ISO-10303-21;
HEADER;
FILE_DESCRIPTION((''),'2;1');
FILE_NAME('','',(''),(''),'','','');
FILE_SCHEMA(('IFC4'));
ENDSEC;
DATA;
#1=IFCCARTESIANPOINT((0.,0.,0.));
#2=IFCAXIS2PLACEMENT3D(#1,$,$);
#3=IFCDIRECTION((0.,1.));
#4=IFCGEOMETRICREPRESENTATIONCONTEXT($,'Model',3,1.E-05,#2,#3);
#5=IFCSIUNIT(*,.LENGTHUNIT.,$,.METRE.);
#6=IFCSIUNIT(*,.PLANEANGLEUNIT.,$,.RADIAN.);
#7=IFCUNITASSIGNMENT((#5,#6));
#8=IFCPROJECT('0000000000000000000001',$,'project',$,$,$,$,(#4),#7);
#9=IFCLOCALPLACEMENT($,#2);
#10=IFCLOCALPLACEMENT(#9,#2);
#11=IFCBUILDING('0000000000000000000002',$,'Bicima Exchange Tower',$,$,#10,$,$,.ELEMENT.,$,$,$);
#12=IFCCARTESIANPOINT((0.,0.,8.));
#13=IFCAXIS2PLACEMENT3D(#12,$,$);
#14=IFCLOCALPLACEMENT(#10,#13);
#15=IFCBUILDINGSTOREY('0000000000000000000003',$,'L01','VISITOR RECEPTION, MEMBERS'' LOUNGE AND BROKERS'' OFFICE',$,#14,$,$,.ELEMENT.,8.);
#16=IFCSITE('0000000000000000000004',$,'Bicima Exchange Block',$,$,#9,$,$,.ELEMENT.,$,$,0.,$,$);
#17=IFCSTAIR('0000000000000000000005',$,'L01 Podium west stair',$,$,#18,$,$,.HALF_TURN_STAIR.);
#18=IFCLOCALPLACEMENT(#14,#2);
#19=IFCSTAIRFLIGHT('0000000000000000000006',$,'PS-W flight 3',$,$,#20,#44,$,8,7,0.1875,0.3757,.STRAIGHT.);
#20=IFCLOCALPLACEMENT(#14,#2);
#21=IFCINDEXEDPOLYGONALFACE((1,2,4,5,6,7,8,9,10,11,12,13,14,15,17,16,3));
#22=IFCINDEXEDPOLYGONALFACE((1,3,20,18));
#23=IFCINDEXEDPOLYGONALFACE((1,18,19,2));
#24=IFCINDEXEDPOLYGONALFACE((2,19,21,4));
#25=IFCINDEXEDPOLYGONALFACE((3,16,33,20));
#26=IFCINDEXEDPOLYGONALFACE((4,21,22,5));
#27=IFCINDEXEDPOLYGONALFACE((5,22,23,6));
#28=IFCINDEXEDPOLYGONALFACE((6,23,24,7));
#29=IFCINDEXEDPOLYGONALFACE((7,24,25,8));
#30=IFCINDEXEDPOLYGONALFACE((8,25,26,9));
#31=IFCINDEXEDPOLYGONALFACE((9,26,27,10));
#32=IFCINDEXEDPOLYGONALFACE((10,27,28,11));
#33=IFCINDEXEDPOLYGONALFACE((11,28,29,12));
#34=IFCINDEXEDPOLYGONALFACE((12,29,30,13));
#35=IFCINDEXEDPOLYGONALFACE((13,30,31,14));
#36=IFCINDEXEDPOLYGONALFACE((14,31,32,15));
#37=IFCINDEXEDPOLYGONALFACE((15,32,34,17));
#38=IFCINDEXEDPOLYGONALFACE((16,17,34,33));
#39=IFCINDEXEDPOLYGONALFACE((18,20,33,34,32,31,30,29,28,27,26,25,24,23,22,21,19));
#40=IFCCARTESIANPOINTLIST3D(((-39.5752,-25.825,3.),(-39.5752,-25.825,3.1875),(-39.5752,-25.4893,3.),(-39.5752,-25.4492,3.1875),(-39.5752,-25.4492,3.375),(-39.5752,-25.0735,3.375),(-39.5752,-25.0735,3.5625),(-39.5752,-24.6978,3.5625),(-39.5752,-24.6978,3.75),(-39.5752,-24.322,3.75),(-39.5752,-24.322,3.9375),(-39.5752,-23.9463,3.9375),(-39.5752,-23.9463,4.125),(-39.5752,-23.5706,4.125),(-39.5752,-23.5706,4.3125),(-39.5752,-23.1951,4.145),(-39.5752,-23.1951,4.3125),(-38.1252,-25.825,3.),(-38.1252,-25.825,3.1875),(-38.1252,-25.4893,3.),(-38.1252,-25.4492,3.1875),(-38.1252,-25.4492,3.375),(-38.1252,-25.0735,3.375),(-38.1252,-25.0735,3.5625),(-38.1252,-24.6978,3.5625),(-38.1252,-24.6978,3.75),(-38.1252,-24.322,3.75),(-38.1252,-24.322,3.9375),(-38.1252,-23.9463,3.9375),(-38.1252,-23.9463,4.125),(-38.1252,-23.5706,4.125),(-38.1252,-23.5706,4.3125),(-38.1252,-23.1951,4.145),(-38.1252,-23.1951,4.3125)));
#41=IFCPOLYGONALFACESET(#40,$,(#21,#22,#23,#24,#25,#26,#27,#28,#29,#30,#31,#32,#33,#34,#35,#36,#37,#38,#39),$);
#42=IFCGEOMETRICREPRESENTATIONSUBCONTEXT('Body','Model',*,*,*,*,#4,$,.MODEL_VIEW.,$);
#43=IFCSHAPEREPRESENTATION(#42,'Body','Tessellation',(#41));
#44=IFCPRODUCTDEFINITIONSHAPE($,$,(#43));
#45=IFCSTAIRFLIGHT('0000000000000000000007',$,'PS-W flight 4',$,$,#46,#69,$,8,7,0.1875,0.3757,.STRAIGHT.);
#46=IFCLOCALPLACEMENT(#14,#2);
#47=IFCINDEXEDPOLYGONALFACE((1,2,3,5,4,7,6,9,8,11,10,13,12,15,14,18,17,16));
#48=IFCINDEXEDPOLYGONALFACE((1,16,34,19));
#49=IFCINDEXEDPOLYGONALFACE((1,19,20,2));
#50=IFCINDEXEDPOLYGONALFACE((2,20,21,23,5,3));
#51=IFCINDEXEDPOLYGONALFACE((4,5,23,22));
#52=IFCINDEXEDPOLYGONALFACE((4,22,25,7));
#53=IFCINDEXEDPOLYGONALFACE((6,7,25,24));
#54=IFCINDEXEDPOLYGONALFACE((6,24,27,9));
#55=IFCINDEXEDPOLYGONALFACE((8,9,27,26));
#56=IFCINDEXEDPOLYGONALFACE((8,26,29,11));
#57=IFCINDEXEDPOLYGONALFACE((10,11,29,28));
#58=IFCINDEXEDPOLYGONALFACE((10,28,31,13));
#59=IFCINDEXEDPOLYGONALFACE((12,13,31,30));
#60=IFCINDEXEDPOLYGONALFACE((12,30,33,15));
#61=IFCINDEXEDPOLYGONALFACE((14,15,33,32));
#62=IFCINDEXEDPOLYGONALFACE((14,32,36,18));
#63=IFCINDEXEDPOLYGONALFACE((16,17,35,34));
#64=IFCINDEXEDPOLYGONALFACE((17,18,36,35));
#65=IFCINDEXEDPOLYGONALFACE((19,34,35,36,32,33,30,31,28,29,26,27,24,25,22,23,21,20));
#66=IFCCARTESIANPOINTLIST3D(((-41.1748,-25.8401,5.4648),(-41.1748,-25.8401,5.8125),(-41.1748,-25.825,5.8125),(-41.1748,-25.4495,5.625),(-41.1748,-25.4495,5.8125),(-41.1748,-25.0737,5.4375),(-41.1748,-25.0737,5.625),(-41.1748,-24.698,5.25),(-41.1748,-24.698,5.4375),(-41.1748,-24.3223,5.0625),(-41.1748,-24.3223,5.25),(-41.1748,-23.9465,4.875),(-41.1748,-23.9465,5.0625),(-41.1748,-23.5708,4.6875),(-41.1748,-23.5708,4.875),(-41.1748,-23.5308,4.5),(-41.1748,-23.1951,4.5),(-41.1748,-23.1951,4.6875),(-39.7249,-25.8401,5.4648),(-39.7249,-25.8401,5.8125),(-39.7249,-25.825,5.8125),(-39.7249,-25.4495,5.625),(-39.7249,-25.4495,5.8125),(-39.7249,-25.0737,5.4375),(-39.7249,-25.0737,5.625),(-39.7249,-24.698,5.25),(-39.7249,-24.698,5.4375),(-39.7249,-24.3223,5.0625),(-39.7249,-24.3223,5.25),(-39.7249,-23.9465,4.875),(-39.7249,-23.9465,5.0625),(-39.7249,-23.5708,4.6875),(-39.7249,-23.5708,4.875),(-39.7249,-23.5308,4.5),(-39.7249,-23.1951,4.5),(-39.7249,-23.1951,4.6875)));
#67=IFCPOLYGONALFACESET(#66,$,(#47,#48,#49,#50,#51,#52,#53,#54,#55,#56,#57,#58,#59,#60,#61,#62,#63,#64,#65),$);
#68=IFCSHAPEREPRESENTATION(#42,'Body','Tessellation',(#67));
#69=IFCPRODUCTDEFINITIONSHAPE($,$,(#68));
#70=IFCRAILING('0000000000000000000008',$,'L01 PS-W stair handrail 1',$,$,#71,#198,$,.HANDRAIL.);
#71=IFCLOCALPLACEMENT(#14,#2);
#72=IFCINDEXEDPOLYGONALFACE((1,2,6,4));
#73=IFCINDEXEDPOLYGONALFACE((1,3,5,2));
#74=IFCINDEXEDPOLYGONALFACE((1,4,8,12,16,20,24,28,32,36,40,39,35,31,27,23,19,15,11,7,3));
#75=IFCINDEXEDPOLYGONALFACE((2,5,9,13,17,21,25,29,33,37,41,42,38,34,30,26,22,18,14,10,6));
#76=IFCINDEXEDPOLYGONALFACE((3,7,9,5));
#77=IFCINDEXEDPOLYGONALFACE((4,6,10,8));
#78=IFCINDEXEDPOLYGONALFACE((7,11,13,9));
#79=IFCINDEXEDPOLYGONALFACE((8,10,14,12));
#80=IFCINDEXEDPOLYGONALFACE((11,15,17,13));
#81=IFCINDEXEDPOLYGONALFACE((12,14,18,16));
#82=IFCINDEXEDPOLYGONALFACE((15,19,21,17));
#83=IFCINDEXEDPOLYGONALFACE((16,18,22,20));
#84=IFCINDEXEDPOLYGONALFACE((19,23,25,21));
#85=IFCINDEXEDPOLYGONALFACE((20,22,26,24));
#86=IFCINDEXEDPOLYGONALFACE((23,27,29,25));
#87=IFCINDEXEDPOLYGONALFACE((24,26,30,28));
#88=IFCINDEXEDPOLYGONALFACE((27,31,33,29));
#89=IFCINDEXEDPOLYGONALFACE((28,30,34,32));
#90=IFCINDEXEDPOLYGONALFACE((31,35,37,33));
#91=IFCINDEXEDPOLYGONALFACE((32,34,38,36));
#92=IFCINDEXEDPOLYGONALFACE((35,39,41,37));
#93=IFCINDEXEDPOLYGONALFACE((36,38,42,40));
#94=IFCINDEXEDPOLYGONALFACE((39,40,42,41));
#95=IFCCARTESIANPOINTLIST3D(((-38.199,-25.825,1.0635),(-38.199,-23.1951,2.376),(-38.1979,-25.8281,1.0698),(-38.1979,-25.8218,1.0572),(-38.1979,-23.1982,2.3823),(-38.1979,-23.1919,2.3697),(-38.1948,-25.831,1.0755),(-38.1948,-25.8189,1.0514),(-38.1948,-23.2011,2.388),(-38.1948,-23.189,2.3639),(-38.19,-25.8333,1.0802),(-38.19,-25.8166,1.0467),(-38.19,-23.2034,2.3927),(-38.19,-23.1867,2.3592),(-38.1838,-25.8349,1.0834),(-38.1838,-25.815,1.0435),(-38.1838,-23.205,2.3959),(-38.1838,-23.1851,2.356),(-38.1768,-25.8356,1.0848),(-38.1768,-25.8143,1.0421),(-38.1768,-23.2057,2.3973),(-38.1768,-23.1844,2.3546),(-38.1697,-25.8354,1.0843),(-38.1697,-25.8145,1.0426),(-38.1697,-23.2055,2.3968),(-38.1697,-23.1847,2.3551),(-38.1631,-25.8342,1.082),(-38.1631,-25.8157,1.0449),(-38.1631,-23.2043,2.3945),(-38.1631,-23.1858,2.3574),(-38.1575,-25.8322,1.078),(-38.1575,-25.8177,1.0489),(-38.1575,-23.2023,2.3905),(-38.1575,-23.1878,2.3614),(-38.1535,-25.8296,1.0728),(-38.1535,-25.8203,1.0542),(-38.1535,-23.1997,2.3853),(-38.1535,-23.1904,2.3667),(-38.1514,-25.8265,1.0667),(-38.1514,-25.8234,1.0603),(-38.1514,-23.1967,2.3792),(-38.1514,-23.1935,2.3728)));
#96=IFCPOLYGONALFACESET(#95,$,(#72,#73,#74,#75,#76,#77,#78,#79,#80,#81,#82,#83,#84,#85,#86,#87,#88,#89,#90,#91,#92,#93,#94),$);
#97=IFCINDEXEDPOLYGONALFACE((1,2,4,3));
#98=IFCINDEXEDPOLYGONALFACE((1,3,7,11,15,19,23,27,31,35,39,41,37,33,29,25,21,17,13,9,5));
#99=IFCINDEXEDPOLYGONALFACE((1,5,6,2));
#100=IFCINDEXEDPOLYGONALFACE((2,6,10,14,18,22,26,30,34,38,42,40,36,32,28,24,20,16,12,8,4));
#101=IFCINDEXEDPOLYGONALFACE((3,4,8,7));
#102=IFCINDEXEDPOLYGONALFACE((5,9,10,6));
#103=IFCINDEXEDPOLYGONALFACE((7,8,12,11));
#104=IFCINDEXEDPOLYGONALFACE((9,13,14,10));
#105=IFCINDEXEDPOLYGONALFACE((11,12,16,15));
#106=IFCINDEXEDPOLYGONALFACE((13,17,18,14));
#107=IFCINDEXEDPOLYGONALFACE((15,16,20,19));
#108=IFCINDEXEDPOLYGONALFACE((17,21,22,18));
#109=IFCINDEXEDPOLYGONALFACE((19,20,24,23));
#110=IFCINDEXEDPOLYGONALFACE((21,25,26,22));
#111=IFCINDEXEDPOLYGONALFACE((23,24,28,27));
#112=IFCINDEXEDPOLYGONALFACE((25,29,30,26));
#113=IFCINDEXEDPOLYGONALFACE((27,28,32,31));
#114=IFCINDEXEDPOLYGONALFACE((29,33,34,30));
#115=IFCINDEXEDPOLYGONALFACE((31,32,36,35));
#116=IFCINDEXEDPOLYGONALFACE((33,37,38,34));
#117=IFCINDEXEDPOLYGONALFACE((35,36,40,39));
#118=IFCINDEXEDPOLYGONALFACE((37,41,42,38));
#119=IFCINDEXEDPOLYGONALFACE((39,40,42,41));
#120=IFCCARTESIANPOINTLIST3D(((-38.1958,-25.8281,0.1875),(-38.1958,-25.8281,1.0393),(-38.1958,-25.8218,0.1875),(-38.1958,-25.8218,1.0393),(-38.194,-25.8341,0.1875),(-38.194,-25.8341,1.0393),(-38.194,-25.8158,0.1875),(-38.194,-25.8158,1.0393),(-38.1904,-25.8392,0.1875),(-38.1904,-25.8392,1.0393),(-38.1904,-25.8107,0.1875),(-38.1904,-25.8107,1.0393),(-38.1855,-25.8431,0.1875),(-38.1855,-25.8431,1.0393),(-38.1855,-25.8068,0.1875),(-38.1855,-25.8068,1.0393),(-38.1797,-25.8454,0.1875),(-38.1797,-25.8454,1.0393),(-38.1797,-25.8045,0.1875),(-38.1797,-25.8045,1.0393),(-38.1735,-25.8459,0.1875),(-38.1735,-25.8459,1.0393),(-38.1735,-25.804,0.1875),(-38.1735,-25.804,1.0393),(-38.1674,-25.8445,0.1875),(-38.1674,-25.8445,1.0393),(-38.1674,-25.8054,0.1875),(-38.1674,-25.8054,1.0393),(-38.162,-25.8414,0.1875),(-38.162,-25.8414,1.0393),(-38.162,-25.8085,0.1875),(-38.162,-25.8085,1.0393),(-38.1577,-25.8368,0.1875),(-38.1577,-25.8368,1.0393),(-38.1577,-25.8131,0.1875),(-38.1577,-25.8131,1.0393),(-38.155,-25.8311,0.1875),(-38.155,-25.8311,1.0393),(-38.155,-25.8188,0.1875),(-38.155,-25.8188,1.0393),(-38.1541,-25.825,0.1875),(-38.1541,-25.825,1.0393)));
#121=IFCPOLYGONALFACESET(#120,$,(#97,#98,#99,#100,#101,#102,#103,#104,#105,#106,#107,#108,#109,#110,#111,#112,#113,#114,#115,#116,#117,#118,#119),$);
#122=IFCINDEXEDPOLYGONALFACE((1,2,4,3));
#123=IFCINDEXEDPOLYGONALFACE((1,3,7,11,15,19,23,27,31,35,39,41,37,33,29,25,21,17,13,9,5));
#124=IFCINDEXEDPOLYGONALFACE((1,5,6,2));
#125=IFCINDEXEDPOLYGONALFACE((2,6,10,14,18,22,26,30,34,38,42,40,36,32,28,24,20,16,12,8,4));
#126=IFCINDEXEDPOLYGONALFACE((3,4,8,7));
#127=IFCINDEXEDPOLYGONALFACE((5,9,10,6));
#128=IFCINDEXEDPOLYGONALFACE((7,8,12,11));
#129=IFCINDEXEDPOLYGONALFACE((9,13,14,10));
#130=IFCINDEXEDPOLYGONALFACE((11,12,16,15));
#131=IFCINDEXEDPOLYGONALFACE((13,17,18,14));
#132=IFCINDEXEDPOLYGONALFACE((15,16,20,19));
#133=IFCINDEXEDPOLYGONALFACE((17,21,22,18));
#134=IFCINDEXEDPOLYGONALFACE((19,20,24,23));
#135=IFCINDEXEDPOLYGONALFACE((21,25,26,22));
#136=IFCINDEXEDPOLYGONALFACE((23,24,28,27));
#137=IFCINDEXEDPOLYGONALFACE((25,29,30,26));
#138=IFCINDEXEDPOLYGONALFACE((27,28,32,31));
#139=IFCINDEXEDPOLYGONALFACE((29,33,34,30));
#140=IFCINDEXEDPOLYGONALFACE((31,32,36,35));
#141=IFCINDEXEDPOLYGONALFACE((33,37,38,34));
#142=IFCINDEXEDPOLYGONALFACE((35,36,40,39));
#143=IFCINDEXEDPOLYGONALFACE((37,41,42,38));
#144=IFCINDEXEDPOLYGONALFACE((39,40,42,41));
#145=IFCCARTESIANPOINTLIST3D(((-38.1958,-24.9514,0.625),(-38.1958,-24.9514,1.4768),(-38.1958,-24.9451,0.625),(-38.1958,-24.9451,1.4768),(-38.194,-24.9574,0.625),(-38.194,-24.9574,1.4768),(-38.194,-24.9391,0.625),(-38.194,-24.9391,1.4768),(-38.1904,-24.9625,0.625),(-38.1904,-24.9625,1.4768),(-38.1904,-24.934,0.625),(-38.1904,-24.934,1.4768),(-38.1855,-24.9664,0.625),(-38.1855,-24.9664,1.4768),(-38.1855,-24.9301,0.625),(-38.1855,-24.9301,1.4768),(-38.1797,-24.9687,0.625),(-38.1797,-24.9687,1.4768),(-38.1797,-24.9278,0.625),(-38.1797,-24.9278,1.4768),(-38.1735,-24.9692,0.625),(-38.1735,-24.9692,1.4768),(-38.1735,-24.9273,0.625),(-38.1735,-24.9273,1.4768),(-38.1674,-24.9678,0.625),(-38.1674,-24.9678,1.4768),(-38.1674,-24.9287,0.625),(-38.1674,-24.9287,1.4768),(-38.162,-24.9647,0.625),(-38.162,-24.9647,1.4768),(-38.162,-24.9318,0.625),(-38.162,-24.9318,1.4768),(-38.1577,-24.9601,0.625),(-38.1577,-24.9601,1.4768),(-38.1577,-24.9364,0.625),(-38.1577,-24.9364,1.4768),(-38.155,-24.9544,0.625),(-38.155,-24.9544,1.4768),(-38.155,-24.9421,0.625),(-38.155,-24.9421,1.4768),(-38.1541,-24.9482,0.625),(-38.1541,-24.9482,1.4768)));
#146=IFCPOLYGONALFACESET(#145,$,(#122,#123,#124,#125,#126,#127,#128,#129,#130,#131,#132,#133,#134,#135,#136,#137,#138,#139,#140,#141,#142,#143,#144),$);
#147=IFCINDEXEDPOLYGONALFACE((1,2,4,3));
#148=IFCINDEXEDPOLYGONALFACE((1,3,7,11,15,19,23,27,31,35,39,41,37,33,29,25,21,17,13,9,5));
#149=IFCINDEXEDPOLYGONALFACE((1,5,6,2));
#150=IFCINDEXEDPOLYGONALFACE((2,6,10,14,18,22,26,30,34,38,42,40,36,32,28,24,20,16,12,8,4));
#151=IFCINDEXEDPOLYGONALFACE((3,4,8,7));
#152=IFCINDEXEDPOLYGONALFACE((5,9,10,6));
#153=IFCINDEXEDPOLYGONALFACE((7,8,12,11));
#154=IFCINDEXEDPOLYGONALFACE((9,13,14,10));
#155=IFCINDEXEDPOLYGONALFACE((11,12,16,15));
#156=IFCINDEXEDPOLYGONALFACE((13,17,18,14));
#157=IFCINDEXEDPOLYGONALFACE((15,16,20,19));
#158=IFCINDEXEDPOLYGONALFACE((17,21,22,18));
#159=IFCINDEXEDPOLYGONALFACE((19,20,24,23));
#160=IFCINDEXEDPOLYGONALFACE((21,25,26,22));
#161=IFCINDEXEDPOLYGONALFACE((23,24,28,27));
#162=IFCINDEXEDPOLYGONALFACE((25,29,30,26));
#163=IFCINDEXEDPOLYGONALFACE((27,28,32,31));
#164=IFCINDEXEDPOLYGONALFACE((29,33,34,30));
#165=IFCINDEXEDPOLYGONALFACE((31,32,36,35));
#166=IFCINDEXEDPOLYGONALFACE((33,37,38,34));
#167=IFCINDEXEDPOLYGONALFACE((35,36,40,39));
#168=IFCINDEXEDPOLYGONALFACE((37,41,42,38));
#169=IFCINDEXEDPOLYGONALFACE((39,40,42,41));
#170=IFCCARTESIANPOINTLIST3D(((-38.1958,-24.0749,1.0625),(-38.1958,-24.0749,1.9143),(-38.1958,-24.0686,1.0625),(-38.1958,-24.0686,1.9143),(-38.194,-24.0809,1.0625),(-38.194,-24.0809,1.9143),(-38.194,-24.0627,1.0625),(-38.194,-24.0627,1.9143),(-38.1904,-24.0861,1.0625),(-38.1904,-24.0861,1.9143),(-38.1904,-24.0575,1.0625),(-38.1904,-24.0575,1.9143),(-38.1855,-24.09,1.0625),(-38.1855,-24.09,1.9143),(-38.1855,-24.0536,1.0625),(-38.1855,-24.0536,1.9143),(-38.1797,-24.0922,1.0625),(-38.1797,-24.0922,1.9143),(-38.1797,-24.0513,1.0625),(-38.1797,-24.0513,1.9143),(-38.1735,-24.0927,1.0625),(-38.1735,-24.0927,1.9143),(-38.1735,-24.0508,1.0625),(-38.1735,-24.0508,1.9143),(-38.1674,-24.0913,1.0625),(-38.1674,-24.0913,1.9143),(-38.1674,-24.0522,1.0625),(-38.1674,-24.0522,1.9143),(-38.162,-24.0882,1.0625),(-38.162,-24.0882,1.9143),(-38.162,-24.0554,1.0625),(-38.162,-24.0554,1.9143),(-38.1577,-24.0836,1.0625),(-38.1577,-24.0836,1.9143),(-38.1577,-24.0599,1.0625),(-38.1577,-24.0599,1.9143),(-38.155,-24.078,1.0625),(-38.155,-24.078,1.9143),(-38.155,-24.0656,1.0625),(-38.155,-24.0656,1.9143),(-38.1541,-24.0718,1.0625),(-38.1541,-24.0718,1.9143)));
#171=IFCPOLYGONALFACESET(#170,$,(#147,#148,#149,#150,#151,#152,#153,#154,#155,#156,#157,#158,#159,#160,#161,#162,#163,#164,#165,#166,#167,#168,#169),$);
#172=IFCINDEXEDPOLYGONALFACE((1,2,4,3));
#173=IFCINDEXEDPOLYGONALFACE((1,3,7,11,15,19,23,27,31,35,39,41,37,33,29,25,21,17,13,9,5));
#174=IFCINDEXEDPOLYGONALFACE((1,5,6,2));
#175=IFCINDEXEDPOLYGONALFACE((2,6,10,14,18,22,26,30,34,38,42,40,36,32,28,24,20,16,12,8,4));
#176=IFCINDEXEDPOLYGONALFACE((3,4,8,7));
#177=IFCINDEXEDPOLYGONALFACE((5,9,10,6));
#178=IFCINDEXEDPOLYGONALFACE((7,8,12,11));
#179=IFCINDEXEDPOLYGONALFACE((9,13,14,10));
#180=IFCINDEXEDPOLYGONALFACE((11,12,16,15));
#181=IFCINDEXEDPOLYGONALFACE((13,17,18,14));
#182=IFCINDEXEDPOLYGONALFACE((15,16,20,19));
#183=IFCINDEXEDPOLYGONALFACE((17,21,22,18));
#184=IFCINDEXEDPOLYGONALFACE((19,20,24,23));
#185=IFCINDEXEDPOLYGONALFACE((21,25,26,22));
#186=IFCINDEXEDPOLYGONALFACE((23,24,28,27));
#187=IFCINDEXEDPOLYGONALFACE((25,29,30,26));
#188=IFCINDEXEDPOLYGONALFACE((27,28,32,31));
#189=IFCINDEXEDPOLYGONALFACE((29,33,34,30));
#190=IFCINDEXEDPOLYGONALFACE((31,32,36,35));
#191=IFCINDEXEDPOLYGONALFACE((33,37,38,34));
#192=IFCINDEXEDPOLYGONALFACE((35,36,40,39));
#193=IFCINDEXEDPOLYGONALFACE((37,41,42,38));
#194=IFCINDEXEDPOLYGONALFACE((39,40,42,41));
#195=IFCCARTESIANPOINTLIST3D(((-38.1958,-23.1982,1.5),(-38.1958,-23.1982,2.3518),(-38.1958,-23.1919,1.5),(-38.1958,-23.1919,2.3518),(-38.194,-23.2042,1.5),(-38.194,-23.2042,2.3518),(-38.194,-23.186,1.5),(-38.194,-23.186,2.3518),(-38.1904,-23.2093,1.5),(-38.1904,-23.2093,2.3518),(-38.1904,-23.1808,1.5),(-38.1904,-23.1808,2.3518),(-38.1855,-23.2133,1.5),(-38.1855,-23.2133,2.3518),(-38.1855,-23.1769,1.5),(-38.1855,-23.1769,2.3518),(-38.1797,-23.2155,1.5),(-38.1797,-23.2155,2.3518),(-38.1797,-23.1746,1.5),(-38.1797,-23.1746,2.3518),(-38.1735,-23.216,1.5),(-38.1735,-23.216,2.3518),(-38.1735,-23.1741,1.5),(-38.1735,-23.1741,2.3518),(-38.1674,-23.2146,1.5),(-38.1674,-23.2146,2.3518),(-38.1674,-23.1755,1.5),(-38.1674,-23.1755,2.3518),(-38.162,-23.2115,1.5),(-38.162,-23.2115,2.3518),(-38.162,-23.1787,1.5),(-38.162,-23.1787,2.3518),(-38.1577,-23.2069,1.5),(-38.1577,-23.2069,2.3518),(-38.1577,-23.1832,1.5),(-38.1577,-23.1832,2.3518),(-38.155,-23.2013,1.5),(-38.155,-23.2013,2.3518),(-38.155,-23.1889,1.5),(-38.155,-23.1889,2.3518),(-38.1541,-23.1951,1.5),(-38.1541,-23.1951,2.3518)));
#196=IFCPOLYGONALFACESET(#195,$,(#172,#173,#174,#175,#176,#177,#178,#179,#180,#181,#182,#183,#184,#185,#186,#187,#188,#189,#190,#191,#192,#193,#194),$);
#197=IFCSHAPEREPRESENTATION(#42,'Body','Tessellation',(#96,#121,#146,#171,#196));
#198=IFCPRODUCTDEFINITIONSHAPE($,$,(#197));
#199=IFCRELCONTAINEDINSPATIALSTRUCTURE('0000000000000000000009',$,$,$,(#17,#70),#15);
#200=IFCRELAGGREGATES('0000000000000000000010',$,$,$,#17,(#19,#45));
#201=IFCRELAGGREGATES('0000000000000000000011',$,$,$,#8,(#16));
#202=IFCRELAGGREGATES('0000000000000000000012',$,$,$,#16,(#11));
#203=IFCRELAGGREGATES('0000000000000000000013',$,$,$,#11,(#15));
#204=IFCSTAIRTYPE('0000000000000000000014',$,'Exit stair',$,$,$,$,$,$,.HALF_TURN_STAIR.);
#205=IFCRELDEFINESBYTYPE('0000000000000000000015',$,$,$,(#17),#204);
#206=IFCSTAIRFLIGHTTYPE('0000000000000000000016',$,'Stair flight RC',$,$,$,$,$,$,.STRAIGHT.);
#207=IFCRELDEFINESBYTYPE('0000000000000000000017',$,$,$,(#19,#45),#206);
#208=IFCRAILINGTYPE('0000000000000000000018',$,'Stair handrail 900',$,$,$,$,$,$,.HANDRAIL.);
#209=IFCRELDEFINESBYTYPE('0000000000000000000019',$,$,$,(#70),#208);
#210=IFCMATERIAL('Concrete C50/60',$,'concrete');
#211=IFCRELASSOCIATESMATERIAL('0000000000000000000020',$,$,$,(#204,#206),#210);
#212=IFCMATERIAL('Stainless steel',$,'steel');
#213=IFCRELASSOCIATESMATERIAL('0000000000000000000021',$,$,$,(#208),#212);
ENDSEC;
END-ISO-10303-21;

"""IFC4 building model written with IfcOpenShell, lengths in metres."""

from ifc_helpers import new_model, si_unit, direction, frame, origin, origin_2d, place, context, subcontext, project, spatial, polyline, circle, outline, extrude, material, type_object, element, aggregate, save


model = new_model("IFC4")

# Units and contexts
model_context = context("Model", 3, precision=1e-05, world=origin(), true_north=direction((0.0, 1.0)))
body_context = subcontext(model_context, "Body", "Model", "MODEL_VIEW")
ifc_project = project(units=[si_unit("LENGTHUNIT", "METRE"), si_unit("PLANEANGLEUNIT", "RADIAN")], contexts=[model_context])

# Site, building, storey
site_placement = place(None, origin())
site = spatial("IfcSite", under=ifc_project, at=site_placement, Name="Bicima Exchange Block", CompositionType="ELEMENT", RefElevation=0.0)
building_placement = place(site_placement, origin())
building = spatial("IfcBuilding", under=site, at=building_placement, Name="Bicima Exchange Tower", CompositionType="ELEMENT")
storey_placement = place(building_placement, frame((0.0, 0.0, 8.0)))
storey = spatial("IfcBuildingStorey", under=building, at=storey_placement, Name="L01", Description="VISITOR RECEPTION, MEMBERS' LOUNGE AND BROKERS' OFFICE", CompositionType="ELEMENT", Elevation=8.0)

# Stair, stair flights
ifc_material_1 = material(Name="Concrete C50/60", Category="concrete")
stair_type = type_object("IfcStairType", Name="Exit stair", PredefinedType="HALF_TURN_STAIR", material=ifc_material_1)
stair_placement = place(storey_placement, origin())
stair = element("IfcStair", 1, at=stair_placement, inside=storey, type_object=stair_type, Name="L01 Podium west stair", PredefinedType="HALF_TURN_STAIR")
stair_flight_type = type_object("IfcStairFlightType", Name="Stair flight RC", PredefinedType="STRAIGHT", material=ifc_material_1)
stair_flight_1_placement = place(storey_placement, frame((-38.8501, -25.825, 3.0), z_axis=(0.0, 0.0, 1.0), x_axis=(0.0, 1.0, 0.0)))
stair_flight_1 = element("IfcStairFlight", 2, at=stair_flight_1_placement, type_object=stair_flight_type, Name="PS-W flight 3", NumberOfRisers=8, NumberOfTreads=7, PredefinedType="STRAIGHT", RiserHeight=0.1875, TreadLength=0.3757, context=body_context, shape_type="SweptSolid", body=[
    extrude(outline(polyline([(0.0, 0.0), (0.0, 0.1875), (0.3757, 0.1875), (0.3757, 0.375), (0.7515, 0.375), (0.7515, 0.5625), (1.1272, 0.5625), (1.1272, 0.75), (1.5029, 0.75), (1.5029, 0.9375), (1.8787, 0.9375), (1.8787, 1.125), (2.2544, 1.125), (2.2544, 1.3125), (2.6299, 1.3125), (2.6299, 1.5), (2.6299, 1.145), (0.3357, 0.0), (0.0, 0.0)])), frame((0.0, 0.7251, 0.0), z_axis=(0.0, -1.0, 0.0), x_axis=(1.0, 0.0, 0.0)), (0.0, 0.0, 1.0), 1.45),
])
stair_flight_2_placement = place(storey_placement, frame((-40.45, -23.1951, 4.5), z_axis=(0.0, 0.0, 1.0), x_axis=(0.0, -1.0, 0.0)))
stair_flight_2 = element("IfcStairFlight", 3, at=stair_flight_2_placement, type_object=stair_flight_type, Name="PS-W flight 4", NumberOfRisers=8, NumberOfTreads=7, PredefinedType="STRAIGHT", RiserHeight=0.1875, TreadLength=0.3757, context=body_context, shape_type="SweptSolid", body=[
    extrude(outline(polyline([(0.0, 0.0), (0.0, 0.1875), (0.3757, 0.1875), (0.3757, 0.375), (0.7515, 0.375), (0.7515, 0.5625), (1.1272, 0.5625), (1.1272, 0.75), (1.5029, 0.75), (1.5029, 0.9375), (1.8787, 0.9375), (1.8787, 1.125), (2.2544, 1.125), (2.2544, 1.3125), (2.6299, 1.3125), (2.645, 1.3125), (2.645, 0.9648), (0.3357, 0.0), (0.0, 0.0)])), frame((0.0, 0.7251, 0.0), z_axis=(0.0, -1.0, 0.0), x_axis=(1.0, 0.0, 0.0)), (0.0, 0.0, 1.0), 1.45),
])
aggregate(stair, [stair_flight_1, stair_flight_2])

# Railing
ifc_material_2 = material(Name="Stainless steel", Category="steel")
railing_type_1 = type_object("IfcRailingType", Name="Stair handrail 900", PredefinedType="HANDRAIL", material=ifc_material_2)
railing_1_placement = place(storey_placement, frame((-38.175, -25.825, 0.1875)))
element("IfcRailing", 4, at=railing_1_placement, inside=storey, type_object=railing_type_1, Name="L01 PS-W stair handrail 1", PredefinedType="HANDRAIL", context=body_context, shape_type="SweptSolid", body=[
    extrude(circle(Radius=0.0239, at=origin_2d()), frame((0.0, 0.0, 0.876), z_axis=(0.0, 0.894759, 0.446549), x_axis=(-1.0, 0.0, 0.0)), (0.0, 0.0, 1.0), 2.9392),
    extrude(circle(Radius=0.021, at=origin_2d()), origin(), (0.0, 0.0, 1.0), 0.8518),
    extrude(circle(Radius=0.021, at=origin_2d()), frame((0.0, 0.8767, 0.4375)), (0.0, 0.0, 1.0), 0.8518),
    extrude(circle(Radius=0.021, at=origin_2d()), frame((0.0, 1.7532, 0.875)), (0.0, 0.0, 1.0), 0.8518),
    extrude(circle(Radius=0.021, at=origin_2d()), frame((0.0, 2.6299, 1.3125)), (0.0, 0.0, 1.0), 0.8518),
])

save(model, "model.ifc")
